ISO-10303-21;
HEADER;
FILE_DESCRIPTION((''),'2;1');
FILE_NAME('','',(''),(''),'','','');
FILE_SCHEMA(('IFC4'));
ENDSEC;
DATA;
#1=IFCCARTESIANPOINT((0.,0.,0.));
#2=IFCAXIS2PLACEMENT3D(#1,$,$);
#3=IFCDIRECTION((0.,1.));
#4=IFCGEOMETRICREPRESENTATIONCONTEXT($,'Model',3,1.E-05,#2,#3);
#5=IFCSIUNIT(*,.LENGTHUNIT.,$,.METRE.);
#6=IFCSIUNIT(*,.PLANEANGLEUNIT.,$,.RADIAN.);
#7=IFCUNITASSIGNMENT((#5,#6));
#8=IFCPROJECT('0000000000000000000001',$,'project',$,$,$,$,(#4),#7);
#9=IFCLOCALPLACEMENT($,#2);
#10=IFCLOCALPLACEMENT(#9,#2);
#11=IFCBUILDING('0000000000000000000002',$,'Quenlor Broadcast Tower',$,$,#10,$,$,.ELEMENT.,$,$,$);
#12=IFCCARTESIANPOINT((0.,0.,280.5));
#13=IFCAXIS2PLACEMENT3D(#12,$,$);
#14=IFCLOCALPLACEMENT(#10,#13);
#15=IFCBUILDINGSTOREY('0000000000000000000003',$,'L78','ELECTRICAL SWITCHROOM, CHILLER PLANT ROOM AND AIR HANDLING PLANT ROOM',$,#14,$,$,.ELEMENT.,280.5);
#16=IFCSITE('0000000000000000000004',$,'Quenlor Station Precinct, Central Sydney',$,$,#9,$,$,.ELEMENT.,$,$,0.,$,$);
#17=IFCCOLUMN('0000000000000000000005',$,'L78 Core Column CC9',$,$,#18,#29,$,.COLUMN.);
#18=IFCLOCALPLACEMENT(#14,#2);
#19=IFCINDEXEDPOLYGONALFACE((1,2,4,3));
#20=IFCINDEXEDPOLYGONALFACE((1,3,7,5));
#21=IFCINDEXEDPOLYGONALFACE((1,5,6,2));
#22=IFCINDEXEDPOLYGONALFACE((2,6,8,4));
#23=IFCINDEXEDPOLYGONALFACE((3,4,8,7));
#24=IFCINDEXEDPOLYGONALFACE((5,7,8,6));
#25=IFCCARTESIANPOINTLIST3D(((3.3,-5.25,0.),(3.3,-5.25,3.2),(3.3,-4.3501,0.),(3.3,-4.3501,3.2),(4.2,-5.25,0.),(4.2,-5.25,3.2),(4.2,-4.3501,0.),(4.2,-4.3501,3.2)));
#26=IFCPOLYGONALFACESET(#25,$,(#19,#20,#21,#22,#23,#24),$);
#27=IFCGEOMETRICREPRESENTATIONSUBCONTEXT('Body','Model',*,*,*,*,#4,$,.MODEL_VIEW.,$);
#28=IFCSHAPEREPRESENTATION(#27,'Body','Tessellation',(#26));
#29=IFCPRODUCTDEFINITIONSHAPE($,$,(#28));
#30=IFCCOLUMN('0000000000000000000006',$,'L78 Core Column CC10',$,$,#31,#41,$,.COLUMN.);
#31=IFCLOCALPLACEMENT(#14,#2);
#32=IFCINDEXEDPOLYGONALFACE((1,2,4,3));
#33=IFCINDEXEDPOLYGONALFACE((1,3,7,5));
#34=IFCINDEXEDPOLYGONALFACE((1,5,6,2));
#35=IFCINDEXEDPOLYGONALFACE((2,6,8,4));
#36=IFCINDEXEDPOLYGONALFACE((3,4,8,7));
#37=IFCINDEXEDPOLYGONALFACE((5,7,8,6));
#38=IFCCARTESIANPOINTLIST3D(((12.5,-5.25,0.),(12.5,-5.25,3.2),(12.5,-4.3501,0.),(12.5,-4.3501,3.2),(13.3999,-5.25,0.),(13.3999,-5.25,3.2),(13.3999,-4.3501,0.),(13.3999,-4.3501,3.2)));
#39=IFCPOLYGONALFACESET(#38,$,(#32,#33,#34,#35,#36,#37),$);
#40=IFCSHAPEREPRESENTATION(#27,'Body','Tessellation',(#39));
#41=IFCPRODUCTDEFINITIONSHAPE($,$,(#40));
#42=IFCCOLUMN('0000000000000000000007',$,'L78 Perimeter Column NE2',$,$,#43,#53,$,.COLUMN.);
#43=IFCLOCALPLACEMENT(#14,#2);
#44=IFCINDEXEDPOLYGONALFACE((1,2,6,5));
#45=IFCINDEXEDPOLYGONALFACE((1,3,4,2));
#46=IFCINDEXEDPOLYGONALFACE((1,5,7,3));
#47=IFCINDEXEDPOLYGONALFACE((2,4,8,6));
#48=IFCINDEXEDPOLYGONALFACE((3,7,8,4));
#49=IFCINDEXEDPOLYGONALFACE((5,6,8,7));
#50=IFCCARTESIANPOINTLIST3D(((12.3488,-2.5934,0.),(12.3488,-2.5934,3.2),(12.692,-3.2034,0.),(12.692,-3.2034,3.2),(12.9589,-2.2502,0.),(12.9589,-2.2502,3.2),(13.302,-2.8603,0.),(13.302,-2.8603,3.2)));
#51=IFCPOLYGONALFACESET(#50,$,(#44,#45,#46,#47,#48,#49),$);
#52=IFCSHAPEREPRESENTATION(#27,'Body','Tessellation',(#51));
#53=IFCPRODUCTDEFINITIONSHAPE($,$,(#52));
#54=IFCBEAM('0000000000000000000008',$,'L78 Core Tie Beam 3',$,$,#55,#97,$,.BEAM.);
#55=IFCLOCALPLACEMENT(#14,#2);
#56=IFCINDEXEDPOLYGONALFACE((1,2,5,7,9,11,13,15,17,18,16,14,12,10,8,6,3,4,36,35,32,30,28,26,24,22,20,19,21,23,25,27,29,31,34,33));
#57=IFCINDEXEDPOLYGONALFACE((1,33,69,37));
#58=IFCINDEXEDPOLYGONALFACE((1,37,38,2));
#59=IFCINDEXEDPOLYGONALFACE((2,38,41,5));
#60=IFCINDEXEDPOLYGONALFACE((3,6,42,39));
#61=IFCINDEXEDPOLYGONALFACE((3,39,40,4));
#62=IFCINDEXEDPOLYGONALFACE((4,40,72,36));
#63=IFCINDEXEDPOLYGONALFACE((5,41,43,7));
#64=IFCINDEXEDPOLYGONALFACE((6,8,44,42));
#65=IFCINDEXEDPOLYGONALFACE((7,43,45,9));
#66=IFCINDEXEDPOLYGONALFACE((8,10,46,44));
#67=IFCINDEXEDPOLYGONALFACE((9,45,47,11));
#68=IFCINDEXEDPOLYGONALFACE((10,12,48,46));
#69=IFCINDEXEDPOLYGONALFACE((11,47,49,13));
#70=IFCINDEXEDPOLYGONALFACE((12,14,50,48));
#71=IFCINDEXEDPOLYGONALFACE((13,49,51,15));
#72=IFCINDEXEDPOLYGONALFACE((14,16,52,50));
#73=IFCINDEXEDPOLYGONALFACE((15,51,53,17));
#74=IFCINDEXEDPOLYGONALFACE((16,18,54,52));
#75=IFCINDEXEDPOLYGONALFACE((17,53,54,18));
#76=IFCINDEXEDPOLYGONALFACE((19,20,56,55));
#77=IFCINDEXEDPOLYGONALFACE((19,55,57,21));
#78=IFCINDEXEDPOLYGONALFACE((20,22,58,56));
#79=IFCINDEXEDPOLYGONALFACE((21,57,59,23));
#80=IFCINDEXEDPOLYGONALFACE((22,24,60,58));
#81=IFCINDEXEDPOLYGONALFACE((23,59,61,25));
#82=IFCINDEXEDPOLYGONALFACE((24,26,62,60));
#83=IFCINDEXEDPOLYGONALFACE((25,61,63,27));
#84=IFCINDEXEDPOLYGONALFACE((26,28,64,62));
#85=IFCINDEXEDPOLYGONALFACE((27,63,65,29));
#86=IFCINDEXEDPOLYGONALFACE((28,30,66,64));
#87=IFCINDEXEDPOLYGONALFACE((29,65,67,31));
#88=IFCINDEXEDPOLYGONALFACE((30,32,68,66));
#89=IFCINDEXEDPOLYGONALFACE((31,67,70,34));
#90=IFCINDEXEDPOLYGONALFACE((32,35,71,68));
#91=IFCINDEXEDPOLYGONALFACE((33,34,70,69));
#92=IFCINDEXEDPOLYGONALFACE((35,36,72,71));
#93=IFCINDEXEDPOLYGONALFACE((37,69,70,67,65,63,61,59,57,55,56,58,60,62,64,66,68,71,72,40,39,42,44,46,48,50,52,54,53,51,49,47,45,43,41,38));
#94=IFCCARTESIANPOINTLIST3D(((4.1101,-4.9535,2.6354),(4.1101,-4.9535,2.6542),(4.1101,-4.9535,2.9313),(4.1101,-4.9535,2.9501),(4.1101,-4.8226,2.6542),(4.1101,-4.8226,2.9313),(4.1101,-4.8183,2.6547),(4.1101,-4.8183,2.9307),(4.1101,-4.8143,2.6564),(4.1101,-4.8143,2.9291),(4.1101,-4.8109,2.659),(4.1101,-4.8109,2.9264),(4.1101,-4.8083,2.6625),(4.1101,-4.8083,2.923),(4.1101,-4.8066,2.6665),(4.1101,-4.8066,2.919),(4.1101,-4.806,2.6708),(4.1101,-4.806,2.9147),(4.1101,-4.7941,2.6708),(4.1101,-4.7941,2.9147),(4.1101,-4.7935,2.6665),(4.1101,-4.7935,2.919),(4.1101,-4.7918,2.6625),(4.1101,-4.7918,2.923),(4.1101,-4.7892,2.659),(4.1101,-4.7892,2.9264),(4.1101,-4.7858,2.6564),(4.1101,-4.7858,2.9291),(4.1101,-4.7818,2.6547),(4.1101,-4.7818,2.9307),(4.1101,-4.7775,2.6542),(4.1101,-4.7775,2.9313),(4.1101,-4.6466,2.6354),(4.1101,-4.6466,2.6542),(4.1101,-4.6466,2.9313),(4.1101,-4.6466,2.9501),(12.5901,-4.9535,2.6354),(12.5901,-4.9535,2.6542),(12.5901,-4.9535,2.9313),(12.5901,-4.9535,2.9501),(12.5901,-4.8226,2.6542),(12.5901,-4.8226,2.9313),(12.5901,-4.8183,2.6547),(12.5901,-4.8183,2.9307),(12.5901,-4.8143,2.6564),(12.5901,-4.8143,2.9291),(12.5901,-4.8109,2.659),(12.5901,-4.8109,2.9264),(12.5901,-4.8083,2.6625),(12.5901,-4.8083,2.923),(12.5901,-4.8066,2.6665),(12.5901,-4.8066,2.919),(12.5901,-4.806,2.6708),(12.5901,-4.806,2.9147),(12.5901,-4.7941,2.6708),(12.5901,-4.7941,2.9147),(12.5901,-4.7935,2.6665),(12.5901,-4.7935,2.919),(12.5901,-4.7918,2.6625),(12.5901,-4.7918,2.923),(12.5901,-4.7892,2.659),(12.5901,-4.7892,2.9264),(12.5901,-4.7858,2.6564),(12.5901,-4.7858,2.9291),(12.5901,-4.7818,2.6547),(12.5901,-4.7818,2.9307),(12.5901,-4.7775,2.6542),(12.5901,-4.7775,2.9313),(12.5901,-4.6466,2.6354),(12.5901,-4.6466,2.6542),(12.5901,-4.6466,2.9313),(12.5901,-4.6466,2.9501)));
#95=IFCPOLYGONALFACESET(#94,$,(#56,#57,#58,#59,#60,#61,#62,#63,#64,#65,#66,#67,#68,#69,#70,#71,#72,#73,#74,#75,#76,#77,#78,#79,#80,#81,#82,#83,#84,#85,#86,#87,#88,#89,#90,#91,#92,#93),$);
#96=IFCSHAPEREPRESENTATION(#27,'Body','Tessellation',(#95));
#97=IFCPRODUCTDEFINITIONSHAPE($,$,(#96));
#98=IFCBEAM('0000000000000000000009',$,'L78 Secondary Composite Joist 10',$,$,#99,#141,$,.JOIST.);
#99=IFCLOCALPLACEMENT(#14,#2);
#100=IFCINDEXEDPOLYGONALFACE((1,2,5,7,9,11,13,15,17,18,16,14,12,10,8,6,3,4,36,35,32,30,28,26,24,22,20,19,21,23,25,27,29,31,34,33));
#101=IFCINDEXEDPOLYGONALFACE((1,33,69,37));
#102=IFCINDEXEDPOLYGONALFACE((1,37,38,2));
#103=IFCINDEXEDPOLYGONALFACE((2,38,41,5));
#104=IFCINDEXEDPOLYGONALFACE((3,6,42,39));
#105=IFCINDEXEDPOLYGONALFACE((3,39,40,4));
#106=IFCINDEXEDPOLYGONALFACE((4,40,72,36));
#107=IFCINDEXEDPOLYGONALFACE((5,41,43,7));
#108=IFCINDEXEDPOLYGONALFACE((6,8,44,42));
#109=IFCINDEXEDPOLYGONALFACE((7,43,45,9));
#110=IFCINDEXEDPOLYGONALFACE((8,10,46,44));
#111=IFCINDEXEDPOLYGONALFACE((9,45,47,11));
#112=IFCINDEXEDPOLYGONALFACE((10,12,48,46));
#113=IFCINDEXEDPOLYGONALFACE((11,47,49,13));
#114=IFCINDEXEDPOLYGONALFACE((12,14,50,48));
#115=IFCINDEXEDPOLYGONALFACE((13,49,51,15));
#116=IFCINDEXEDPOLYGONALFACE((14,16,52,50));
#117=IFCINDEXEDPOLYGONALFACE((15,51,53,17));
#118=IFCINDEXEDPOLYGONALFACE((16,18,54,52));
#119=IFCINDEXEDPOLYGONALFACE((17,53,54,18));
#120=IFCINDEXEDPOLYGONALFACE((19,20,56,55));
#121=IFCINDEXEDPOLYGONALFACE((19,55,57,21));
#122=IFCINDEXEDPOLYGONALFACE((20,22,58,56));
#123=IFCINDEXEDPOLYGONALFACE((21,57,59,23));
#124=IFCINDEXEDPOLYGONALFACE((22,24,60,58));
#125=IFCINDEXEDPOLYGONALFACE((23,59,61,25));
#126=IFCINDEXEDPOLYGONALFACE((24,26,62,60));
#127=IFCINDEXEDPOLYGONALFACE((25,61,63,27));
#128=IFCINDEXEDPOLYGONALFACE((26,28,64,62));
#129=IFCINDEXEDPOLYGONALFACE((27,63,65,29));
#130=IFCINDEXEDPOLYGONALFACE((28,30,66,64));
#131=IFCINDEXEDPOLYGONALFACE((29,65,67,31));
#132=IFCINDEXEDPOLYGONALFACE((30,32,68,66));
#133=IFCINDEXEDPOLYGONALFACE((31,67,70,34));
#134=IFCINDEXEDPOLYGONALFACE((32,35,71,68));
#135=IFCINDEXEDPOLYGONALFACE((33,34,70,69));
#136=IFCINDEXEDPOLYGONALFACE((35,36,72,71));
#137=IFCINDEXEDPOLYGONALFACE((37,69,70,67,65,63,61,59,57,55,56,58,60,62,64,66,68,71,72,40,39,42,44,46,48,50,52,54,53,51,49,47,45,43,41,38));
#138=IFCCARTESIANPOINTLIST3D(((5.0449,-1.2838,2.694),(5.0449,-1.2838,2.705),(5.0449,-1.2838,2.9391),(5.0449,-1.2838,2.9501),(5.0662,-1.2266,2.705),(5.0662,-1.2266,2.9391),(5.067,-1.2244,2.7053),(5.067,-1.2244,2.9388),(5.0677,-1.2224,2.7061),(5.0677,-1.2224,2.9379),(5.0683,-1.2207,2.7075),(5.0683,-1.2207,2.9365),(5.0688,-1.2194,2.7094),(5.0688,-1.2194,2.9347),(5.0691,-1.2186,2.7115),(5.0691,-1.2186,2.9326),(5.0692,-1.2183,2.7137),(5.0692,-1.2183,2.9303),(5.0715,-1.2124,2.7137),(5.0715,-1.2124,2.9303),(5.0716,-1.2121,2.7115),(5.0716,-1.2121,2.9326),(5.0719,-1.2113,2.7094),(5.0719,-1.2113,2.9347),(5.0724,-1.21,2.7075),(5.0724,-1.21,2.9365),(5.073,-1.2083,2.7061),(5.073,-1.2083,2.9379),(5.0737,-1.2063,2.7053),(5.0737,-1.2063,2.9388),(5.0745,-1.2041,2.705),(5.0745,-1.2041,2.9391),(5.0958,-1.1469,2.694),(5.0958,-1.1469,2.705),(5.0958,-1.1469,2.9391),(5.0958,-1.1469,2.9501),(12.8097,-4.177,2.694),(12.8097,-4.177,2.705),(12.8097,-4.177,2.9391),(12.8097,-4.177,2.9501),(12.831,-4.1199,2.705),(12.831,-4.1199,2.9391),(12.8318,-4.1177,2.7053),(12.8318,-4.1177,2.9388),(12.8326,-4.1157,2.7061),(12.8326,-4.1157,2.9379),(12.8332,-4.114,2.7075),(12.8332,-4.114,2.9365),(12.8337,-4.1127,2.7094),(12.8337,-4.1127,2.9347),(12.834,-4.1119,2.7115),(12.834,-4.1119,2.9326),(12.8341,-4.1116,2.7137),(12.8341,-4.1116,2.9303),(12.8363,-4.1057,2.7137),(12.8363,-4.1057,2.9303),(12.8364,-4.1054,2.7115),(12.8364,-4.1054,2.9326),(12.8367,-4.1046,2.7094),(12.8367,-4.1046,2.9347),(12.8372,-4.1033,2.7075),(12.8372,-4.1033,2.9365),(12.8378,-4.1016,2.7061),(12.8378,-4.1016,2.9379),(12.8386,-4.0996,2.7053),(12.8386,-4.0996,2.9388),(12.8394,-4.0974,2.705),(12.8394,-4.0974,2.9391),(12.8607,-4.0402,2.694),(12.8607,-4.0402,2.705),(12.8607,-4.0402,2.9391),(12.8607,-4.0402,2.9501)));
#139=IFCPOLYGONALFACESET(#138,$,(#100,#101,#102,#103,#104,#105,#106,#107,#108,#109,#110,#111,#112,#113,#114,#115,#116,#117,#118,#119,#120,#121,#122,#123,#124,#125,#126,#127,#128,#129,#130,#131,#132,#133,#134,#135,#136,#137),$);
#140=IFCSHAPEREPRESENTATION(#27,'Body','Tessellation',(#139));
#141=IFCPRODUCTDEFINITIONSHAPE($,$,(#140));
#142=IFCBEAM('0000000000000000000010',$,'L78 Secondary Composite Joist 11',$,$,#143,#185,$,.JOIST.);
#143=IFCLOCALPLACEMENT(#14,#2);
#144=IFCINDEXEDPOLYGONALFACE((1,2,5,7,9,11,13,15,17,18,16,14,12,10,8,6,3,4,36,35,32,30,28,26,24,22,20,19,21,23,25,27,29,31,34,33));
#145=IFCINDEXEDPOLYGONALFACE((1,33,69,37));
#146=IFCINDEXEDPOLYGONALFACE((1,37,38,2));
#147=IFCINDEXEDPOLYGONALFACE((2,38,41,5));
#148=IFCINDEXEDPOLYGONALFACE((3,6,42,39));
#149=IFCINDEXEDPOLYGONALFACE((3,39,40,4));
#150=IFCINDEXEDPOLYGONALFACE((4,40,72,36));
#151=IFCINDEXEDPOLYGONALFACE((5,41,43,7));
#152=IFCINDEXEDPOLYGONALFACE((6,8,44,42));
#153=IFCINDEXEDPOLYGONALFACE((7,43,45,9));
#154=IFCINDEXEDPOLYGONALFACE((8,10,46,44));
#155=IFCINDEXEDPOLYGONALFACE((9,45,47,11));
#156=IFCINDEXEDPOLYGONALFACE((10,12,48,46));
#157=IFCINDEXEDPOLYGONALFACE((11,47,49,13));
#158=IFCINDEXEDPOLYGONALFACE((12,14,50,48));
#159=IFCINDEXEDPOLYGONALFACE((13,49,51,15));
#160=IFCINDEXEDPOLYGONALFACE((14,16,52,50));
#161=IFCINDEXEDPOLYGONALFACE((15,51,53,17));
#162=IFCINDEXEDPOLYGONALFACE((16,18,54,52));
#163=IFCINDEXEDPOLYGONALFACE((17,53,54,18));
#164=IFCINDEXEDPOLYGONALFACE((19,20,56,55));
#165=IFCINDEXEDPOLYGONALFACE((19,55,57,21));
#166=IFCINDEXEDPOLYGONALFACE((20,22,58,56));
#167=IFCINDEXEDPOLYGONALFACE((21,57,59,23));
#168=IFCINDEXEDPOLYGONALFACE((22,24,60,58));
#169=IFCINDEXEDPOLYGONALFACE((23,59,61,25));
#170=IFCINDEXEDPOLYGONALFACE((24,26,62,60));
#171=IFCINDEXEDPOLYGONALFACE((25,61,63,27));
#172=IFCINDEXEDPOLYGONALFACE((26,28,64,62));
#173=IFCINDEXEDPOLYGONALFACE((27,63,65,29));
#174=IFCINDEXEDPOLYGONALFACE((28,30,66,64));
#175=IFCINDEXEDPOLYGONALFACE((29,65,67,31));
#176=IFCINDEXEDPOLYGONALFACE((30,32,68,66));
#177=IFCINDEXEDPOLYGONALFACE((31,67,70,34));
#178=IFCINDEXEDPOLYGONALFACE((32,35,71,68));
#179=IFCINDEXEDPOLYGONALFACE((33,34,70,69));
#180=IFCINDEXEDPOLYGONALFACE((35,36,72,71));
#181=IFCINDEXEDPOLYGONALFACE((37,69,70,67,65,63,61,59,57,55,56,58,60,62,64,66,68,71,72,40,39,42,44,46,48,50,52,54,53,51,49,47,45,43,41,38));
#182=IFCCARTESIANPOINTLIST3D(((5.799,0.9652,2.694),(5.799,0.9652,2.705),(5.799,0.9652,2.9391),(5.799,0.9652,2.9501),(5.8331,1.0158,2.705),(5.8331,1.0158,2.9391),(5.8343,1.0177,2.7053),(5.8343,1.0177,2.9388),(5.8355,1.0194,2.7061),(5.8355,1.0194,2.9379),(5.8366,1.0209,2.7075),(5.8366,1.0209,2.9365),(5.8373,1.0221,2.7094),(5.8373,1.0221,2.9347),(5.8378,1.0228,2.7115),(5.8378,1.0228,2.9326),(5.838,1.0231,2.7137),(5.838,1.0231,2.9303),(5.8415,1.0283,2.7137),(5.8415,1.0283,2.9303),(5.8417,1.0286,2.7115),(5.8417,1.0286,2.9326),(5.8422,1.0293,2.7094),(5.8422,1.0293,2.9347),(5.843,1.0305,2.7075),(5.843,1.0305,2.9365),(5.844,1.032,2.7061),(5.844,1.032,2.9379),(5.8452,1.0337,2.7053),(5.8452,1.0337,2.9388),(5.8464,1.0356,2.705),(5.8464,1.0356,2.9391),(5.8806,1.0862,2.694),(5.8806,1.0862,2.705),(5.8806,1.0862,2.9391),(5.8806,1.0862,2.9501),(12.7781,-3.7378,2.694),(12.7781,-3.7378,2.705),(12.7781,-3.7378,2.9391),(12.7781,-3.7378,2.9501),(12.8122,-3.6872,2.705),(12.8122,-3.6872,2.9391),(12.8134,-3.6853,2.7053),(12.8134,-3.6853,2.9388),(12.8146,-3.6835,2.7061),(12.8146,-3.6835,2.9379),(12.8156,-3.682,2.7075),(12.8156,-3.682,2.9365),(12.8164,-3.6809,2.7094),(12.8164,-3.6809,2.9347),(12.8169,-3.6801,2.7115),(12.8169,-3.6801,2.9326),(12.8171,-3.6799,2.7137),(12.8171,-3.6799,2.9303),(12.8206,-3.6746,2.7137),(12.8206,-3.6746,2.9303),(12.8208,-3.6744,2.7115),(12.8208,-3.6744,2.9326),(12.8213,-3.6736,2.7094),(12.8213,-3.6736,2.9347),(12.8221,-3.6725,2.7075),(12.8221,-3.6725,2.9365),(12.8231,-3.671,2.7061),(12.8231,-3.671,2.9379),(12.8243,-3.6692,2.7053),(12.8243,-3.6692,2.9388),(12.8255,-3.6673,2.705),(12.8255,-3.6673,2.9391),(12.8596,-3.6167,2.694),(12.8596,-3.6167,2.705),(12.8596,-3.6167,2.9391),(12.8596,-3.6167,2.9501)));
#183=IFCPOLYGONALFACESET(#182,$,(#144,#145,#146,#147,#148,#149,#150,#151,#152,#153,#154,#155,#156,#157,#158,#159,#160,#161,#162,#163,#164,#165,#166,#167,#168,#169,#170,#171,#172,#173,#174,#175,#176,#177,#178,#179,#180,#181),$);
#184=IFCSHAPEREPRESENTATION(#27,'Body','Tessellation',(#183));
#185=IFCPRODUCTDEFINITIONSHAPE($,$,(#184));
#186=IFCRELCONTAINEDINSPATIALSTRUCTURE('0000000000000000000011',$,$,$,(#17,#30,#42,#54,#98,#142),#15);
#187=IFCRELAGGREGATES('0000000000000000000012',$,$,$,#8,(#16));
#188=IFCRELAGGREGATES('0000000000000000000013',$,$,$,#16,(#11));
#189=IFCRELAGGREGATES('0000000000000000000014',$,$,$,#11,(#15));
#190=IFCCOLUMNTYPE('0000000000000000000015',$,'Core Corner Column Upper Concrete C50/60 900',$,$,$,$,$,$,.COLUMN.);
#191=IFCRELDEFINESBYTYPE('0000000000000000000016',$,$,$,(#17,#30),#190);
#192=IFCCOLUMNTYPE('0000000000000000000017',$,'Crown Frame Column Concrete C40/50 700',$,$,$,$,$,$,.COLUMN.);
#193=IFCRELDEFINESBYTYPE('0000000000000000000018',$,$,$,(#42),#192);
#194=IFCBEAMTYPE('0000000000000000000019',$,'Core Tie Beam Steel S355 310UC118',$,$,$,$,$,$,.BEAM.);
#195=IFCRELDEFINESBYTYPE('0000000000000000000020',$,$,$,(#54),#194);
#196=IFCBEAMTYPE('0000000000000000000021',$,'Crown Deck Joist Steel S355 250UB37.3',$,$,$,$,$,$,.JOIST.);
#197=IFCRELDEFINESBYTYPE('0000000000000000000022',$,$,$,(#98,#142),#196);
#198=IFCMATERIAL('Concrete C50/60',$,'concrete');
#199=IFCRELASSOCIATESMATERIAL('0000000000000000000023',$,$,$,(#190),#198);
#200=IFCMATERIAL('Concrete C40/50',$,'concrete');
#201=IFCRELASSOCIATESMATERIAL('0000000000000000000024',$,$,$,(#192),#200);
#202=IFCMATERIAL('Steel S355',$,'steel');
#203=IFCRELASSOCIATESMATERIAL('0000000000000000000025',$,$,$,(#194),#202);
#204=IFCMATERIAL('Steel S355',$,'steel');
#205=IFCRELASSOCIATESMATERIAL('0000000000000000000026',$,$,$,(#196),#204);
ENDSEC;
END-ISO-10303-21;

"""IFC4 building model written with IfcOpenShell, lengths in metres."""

from ifc_helpers import new_model, si_unit, direction, frame, origin, origin_2d, place, context, subcontext, project, spatial, rectangle, i_section, extrude, material, material_profile, profile_set, type_object, element, save


model = new_model("IFC4")

# Units and contexts
model_context = context("Model", 3, precision=1e-05, world=origin(), true_north=direction((0.0, 1.0)))
body_context = subcontext(model_context, "Body", "Model", "MODEL_VIEW")
ifc_project = project(units=[si_unit("LENGTHUNIT", "METRE"), si_unit("PLANEANGLEUNIT", "RADIAN")], contexts=[model_context])

# Site, building, storey
site_placement = place(None, origin())
site = spatial("IfcSite", under=ifc_project, at=site_placement, Name="Quenlor Station Precinct, Central Sydney", CompositionType="ELEMENT", RefElevation=0.0)
building_placement = place(site_placement, origin())
building = spatial("IfcBuilding", under=site, at=building_placement, Name="Quenlor Broadcast Tower", CompositionType="ELEMENT")
storey_placement = place(building_placement, frame((0.0, 0.0, 280.5)))
storey = spatial("IfcBuildingStorey", under=building, at=storey_placement, Name="L78", Description="ELECTRICAL SWITCHROOM, CHILLER PLANT ROOM AND AIR HANDLING PLANT ROOM", CompositionType="ELEMENT", Elevation=280.5)

# Columns
ifc_material_1 = material(Name="Concrete C50/60", Category="concrete")
ifc_material_profile_1 = material_profile(ifc_material_1, rectangle(XDim=0.8999, YDim=0.8999, at=origin_2d()))
ifc_profile_set_1 = profile_set([ifc_material_profile_1], Name="Concrete C50/60 RC900x900")
column_type_1 = type_object("IfcColumnType", Name="Core Corner Column Upper Concrete C50/60 900", PredefinedType="COLUMN", material=ifc_profile_set_1)
for number, where, z_axis, x_axis, name in (
    (1, (3.75, -4.8, 0.0), (0.0, 0.0, 1.0), (1.0, 0.0, 0.0), "L78 Core Column CC9"),
    (2, (12.95, -4.8, 0.0), (0.0, 0.0, 1.0), (1.0, 0.0, 0.0), "L78 Core Column CC10"),
):
    element("IfcColumn", number, at=place(storey_placement, frame(where, z_axis=z_axis, x_axis=x_axis)), inside=storey, type_object=column_type_1, Name=name, PredefinedType="COLUMN", context=body_context, shape_type="SweptSolid", body=[
        extrude(rectangle(XDim=0.8999, YDim=0.8999, at=origin_2d()), origin(), (0.0, 0.0, 1.0), 3.2),
    ])
ifc_material_2 = material(Name="Concrete C40/50", Category="concrete")
ifc_material_profile_2 = material_profile(ifc_material_2, rectangle(XDim=0.7, YDim=0.7, at=origin_2d()))
ifc_profile_set_2 = profile_set([ifc_material_profile_2], Name="Concrete C40/50 RC700x700")
column_type_2 = type_object("IfcColumnType", Name="Crown Frame Column Concrete C40/50 700", PredefinedType="COLUMN", material=ifc_profile_set_2)
column_placement = place(storey_placement, frame((12.8254, -2.7268, 0.0), z_axis=(0.0, 0.0, 1.0), x_axis=(0.871575, 0.490262, 0.0)))
element("IfcColumn", 3, at=column_placement, inside=storey, type_object=column_type_2, Name="L78 Perimeter Column NE2", PredefinedType="COLUMN", context=body_context, shape_type="SweptSolid", body=[
    extrude(rectangle(XDim=0.7, YDim=0.7, at=origin_2d()), origin(), (0.0, 0.0, 1.0), 3.2),
])

# Beams
ifc_material_3 = material(Name="Steel S355", Category="steel")
ifc_material_profile_3 = material_profile(ifc_material_3, i_section(OverallWidth=0.3069, OverallDepth=0.3147, WebThickness=0.012, FlangeThickness=0.0188, FilletRadius=0.0166, at=origin_2d()))
ifc_profile_set_3 = profile_set([ifc_material_profile_3], Name="Steel S355 310UC118")
beam_type_1 = type_object("IfcBeamType", Name="Core Tie Beam Steel S355 310UC118", PredefinedType="BEAM", material=ifc_profile_set_3)
beam_1_placement = place(storey_placement, frame((4.1101, -4.8, 2.7927), z_axis=(1.0, 0.0, 0.0), x_axis=(0.0, 1.0, 0.0)))
element("IfcBeam", 4, at=beam_1_placement, inside=storey, type_object=beam_type_1, Name="L78 Core Tie Beam 3", PredefinedType="BEAM", context=body_context, shape_type="SweptSolid", body=[
    extrude(i_section(OverallWidth=0.3069, OverallDepth=0.3147, WebThickness=0.012, FlangeThickness=0.0188, FilletRadius=0.0166, at=origin_2d()), origin(), (0.0, 0.0, 1.0), 8.48),
])
ifc_material_4 = material(Name="Steel S355", Category="steel")
ifc_material_profile_4 = material_profile(ifc_material_4, i_section(OverallWidth=0.146, OverallDepth=0.2561, WebThickness=0.0063, FlangeThickness=0.011, FilletRadius=0.0088, at=origin_2d()))
ifc_profile_set_4 = profile_set([ifc_material_profile_4], Name="Steel S355 250UB37.3")
beam_type_2 = type_object("IfcBeamType", Name="Crown Deck Joist Steel S355 250UB37.3", PredefinedType="JOIST", material=ifc_profile_set_4)
beam_2_placement = place(storey_placement, frame((12.8352, -4.1086, 2.822), z_axis=(-0.937062, 0.349163, 0.0), x_axis=(-0.349163, -0.937062, 0.0)))
element("IfcBeam", 5, at=beam_2_placement, inside=storey, type_object=beam_type_2, Name="L78 Secondary Composite Joist 10", PredefinedType="JOIST", context=body_context, shape_type="SweptSolid", body=[
    extrude(i_section(OverallWidth=0.146, OverallDepth=0.2561, WebThickness=0.0063, FlangeThickness=0.011, FilletRadius=0.0088, at=origin_2d()), origin(), (0.0, 0.0, 1.0), 8.2864),
])
beam_3_placement = place(storey_placement, frame((12.8188, -3.6772, 2.822), z_axis=(-0.829286, 0.558824, 0.0), x_axis=(-0.558824, -0.829286, 0.0)))
element("IfcBeam", 6, at=beam_3_placement, inside=storey, type_object=beam_type_2, Name="L78 Secondary Composite Joist 11", PredefinedType="JOIST", context=body_context, shape_type="SweptSolid", body=[
    extrude(i_section(OverallWidth=0.146, OverallDepth=0.2561, WebThickness=0.0063, FlangeThickness=0.011, FilletRadius=0.0088, at=origin_2d()), origin(), (0.0, 0.0, 1.0), 8.4158),
])

save(model, "model.ifc")
